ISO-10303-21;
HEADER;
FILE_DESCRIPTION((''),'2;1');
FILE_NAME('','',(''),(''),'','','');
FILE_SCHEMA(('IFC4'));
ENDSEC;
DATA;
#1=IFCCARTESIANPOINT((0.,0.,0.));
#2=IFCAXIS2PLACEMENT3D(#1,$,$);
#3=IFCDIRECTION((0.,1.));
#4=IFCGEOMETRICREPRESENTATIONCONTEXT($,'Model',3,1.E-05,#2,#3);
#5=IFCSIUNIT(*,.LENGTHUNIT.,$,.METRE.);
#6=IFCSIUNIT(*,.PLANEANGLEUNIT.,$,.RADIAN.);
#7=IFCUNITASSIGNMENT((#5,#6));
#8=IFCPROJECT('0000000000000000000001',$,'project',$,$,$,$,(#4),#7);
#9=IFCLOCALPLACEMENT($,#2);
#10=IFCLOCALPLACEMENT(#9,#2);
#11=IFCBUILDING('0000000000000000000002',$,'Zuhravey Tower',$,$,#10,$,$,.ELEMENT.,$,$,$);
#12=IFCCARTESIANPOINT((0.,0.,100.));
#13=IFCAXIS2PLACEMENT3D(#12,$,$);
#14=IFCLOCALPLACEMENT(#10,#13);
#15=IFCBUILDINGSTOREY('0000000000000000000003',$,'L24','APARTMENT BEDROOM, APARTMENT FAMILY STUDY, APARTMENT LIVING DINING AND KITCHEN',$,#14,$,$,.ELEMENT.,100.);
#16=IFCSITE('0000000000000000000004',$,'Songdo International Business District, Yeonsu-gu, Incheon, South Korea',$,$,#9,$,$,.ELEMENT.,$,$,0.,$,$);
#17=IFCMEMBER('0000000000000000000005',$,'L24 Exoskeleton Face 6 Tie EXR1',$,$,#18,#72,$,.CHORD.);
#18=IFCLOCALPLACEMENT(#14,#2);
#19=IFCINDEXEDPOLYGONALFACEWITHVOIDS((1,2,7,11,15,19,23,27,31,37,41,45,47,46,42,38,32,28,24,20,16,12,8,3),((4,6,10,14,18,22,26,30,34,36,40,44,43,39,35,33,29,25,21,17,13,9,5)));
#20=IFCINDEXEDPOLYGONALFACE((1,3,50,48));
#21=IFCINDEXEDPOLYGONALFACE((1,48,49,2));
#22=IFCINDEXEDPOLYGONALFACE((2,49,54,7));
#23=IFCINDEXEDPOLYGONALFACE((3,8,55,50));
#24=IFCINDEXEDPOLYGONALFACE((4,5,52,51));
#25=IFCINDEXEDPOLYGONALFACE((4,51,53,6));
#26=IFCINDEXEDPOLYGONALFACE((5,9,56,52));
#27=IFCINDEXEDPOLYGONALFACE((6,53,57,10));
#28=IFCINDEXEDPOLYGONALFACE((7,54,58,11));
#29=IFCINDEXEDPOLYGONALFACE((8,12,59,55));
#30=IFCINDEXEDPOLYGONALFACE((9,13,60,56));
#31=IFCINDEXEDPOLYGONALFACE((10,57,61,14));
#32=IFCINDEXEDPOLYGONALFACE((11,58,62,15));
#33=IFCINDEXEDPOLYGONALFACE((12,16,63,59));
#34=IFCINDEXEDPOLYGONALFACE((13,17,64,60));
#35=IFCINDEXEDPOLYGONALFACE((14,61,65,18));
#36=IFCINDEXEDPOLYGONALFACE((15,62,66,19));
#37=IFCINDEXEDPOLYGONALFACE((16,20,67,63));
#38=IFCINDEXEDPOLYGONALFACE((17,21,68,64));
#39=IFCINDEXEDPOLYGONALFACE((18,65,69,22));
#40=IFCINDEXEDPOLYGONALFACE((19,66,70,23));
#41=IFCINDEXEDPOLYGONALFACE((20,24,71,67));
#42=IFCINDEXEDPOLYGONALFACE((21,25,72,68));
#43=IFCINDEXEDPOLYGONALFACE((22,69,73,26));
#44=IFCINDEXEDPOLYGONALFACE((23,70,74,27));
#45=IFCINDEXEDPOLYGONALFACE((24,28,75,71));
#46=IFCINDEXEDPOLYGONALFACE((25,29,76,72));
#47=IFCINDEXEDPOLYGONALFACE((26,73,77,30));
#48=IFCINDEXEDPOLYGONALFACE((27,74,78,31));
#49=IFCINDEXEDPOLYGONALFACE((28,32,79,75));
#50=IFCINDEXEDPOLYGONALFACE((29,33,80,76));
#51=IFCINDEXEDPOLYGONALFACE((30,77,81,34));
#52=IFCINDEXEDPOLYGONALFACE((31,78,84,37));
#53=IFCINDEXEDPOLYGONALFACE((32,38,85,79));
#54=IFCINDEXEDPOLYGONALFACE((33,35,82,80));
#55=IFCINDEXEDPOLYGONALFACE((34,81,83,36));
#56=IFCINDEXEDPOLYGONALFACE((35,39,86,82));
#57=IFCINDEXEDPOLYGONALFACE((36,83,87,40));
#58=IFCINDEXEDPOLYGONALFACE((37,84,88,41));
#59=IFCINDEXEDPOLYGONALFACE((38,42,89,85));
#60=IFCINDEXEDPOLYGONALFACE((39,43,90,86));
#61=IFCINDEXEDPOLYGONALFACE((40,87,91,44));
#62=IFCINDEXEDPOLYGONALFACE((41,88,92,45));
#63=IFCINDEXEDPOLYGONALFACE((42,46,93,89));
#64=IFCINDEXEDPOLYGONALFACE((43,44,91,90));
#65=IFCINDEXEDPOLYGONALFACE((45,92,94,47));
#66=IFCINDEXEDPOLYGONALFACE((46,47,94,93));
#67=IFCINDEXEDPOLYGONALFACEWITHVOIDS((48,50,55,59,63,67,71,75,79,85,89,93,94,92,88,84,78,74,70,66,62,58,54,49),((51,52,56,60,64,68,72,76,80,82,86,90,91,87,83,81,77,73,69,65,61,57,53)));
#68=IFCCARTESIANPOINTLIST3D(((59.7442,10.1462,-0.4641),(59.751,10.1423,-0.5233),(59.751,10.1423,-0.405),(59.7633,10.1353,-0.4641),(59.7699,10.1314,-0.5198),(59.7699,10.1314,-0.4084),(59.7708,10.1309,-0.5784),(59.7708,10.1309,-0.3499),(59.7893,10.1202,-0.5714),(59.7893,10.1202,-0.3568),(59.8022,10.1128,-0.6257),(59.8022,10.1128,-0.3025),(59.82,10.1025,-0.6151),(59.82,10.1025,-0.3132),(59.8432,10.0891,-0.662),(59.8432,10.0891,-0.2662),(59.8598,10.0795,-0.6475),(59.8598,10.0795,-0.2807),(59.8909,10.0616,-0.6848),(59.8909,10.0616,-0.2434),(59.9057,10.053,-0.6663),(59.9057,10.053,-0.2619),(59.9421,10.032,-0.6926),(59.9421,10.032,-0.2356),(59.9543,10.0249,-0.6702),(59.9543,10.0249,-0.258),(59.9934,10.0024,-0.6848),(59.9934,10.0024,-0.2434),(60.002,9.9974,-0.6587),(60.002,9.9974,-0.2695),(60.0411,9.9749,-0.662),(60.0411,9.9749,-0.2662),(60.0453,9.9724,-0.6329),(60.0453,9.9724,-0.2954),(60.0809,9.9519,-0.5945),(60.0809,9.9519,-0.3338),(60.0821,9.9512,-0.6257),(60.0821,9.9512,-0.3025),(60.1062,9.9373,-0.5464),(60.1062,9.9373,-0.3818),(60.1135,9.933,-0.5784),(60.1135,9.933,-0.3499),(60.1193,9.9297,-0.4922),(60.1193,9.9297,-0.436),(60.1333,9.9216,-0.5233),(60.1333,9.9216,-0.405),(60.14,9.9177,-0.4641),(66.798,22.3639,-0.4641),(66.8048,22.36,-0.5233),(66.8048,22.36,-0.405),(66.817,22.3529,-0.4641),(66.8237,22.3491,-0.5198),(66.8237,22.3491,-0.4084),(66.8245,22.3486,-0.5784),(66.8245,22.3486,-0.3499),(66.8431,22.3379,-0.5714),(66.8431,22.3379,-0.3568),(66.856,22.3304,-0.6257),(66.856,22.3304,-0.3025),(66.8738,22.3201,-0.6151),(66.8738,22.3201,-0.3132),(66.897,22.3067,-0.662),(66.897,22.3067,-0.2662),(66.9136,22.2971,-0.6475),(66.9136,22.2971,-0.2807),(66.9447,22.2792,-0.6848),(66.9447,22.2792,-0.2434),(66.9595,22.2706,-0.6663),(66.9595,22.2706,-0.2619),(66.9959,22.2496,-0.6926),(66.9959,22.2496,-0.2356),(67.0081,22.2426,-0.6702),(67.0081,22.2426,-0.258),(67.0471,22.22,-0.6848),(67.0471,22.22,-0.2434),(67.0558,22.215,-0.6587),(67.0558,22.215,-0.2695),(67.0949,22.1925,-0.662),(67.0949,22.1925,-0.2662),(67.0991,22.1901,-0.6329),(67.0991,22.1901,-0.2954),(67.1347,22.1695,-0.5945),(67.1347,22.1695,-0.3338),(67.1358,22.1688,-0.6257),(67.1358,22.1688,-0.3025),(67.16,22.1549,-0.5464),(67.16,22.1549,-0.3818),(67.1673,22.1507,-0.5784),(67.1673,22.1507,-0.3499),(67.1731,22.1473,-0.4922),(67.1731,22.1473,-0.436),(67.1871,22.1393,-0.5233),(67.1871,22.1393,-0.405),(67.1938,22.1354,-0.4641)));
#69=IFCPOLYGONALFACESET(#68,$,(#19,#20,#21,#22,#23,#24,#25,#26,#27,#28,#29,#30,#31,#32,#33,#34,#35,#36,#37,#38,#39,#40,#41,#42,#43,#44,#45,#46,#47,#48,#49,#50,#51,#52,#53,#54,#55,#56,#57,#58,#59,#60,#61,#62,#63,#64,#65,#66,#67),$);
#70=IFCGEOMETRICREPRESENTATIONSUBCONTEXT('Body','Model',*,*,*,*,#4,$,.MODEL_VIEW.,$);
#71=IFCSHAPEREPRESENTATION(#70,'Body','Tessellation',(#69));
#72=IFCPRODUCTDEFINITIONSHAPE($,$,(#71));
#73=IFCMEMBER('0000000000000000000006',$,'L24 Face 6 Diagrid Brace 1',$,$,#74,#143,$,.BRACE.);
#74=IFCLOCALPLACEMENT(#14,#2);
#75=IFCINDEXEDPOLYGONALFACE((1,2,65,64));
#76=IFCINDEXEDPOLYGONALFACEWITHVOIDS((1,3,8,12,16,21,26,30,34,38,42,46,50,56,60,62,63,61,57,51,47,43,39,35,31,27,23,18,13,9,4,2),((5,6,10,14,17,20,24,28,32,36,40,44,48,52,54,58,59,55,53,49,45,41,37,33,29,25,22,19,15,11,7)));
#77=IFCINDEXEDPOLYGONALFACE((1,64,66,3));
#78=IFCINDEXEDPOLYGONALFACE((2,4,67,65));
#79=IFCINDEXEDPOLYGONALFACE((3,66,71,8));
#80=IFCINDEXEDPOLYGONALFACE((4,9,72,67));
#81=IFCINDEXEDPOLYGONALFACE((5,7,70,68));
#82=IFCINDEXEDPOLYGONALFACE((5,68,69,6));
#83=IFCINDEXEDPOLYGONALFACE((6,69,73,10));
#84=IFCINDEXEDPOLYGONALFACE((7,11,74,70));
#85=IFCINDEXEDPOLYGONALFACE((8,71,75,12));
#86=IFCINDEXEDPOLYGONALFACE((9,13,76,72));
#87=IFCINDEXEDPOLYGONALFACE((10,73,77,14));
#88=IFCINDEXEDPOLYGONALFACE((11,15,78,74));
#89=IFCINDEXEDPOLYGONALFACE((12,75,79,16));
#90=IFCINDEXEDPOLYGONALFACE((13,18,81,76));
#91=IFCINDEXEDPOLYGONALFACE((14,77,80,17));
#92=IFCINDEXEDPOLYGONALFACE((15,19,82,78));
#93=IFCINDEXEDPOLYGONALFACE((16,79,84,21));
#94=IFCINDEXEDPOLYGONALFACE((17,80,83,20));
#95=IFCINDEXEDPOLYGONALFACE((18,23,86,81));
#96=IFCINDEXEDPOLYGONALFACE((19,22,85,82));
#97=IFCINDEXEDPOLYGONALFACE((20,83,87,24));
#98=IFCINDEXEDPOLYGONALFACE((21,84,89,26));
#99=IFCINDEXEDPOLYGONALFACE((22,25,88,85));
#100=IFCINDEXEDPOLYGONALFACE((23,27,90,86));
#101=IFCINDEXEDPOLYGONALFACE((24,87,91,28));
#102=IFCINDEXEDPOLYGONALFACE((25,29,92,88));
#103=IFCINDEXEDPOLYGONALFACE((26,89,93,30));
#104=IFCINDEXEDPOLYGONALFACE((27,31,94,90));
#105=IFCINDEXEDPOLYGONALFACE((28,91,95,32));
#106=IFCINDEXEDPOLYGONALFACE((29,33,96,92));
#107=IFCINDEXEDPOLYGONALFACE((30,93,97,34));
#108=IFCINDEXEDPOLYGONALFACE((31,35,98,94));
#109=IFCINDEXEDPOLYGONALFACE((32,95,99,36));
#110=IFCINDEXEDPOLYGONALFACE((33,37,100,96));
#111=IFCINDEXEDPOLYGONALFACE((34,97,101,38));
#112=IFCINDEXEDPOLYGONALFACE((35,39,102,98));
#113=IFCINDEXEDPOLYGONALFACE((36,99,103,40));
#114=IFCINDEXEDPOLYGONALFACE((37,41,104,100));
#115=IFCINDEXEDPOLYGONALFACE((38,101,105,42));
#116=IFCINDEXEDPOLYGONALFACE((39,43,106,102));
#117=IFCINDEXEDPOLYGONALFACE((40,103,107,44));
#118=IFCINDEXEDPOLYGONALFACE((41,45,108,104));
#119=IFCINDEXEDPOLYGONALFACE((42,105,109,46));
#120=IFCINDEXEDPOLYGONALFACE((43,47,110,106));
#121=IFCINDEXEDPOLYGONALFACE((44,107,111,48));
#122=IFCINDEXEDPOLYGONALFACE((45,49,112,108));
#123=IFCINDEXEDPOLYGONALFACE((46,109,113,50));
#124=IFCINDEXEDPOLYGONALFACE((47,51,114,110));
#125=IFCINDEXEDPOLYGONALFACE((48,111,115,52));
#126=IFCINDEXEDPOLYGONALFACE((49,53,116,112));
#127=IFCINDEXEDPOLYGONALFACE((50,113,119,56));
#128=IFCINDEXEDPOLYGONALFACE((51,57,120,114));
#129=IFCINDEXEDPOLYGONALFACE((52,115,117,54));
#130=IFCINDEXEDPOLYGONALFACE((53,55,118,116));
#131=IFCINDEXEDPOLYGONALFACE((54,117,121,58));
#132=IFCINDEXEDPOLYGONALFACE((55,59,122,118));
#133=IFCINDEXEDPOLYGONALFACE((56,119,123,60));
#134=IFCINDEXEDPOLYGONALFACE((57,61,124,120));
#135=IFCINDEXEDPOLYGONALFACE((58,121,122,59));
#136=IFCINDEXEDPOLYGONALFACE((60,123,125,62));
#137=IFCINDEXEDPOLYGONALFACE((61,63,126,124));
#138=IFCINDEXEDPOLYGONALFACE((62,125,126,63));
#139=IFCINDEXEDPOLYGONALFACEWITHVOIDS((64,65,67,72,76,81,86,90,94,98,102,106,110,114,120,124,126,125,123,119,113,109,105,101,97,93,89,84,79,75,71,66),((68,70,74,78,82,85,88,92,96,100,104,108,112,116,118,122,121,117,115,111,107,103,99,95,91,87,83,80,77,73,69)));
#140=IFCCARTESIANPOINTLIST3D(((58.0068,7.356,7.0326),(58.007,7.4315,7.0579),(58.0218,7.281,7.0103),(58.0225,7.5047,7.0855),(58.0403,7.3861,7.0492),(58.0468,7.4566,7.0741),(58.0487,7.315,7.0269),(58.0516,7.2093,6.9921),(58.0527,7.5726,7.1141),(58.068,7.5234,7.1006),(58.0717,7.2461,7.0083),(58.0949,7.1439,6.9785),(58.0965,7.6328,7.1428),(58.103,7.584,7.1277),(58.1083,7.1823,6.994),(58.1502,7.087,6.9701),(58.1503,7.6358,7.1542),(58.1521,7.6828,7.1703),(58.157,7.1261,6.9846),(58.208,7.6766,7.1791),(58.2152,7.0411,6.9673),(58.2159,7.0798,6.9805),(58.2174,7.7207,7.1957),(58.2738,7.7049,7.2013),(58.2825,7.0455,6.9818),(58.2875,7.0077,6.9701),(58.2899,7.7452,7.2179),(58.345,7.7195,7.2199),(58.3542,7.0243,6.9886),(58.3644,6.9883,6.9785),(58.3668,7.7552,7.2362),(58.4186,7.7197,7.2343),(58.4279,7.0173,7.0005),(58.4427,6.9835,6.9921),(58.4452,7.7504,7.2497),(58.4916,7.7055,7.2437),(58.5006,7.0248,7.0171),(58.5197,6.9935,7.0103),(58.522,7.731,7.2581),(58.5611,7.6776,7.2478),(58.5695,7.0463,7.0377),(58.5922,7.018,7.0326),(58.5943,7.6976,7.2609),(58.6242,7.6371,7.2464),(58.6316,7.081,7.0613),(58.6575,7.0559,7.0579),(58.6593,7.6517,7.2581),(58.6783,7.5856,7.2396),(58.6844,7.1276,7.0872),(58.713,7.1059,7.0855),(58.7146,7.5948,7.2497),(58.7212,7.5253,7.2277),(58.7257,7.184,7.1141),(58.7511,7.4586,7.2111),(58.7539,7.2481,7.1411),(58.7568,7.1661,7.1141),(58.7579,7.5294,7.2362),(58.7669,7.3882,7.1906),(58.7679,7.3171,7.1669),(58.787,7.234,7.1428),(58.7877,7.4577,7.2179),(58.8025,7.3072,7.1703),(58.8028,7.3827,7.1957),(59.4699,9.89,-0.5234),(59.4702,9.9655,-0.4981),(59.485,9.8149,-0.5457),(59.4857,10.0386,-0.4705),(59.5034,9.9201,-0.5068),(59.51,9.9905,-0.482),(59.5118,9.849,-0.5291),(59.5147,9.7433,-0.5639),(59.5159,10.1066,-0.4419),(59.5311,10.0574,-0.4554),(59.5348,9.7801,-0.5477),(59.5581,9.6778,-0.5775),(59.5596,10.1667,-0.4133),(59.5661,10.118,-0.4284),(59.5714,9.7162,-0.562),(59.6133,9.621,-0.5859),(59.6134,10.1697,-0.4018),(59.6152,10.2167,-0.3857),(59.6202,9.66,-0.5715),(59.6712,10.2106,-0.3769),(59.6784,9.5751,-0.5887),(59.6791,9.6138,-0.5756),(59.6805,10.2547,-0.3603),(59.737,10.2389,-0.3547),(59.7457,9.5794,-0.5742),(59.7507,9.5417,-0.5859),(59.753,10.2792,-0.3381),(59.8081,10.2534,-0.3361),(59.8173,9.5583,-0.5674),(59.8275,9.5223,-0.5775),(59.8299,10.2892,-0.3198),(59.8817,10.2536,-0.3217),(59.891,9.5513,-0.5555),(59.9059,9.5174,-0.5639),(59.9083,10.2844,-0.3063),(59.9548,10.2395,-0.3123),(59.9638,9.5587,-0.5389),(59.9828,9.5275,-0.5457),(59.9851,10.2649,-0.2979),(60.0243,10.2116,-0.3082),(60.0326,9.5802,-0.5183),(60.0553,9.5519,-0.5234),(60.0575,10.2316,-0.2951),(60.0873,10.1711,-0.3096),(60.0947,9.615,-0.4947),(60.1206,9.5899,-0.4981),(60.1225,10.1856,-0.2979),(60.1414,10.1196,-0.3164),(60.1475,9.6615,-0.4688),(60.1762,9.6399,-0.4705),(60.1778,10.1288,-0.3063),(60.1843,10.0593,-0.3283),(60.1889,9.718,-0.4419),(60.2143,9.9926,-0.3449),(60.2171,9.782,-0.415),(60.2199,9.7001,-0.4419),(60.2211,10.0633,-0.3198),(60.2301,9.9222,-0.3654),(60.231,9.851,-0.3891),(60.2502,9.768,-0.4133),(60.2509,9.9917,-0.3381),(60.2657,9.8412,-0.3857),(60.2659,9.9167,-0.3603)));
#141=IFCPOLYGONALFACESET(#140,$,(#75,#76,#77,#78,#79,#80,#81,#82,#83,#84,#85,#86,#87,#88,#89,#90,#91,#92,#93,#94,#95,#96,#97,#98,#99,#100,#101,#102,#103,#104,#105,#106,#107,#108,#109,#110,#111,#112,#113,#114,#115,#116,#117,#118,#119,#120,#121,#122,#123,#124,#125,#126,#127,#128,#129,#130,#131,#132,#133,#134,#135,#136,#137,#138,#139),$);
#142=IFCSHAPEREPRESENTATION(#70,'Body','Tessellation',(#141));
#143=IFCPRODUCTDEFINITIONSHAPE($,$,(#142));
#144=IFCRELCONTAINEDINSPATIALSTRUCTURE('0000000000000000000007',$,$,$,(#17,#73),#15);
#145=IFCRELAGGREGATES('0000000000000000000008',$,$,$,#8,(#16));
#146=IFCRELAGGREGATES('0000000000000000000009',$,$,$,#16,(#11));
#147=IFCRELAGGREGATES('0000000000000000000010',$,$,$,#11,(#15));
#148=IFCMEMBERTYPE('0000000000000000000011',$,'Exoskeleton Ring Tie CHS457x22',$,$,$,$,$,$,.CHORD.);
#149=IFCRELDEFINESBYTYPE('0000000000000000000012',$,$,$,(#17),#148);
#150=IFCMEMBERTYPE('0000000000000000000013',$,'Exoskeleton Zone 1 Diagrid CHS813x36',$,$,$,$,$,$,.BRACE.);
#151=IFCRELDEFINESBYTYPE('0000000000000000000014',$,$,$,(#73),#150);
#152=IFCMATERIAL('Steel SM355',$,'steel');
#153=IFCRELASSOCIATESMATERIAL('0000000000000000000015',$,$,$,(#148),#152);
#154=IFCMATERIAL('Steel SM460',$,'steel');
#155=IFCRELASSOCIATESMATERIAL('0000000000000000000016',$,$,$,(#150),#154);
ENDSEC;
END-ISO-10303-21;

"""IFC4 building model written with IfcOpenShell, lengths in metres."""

from ifc_helpers import new_model, si_unit, direction, frame, origin, origin_2d, place, context, subcontext, project, spatial, hollow_circle, extrude, material, material_profile, profile_set, type_object, element, save


model = new_model("IFC4")

# Units and contexts
model_context = context("Model", 3, precision=1e-05, world=origin(), true_north=direction((0.0, 1.0)))
body_context = subcontext(model_context, "Body", "Model", "MODEL_VIEW")
ifc_project = project(units=[si_unit("LENGTHUNIT", "METRE"), si_unit("PLANEANGLEUNIT", "RADIAN")], contexts=[model_context])

# Site, building, storey
site_placement = place(None, origin())
site = spatial("IfcSite", under=ifc_project, at=site_placement, Name="Songdo International Business District, Yeonsu-gu, Incheon, South Korea", CompositionType="ELEMENT", RefElevation=0.0)
building_placement = place(site_placement, origin())
building = spatial("IfcBuilding", under=site, at=building_placement, Name="Zuhravey Tower", CompositionType="ELEMENT")
storey_placement = place(building_placement, frame((0.0, 0.0, 100.0)))
storey = spatial("IfcBuildingStorey", under=building, at=storey_placement, Name="L24", Description="APARTMENT BEDROOM, APARTMENT FAMILY STUDY, APARTMENT LIVING DINING AND KITCHEN", CompositionType="ELEMENT", Elevation=100.0)

# Members
ifc_material_1 = material(Name="Steel SM355", Category="steel")
ifc_material_profile_1 = material_profile(ifc_material_1, hollow_circle(Radius=0.2285, WallThickness=0.022, at=origin_2d()), Name="CHS-457.2x22")
ifc_profile_set_1 = profile_set([ifc_material_profile_1], Name="Steel SM355")
member_type_1 = type_object("IfcMemberType", Name="Exoskeleton Ring Tie CHS457x22", PredefinedType="CHORD", material=ifc_profile_set_1)
member_1_placement = place(storey_placement, frame((59.9421, 10.032, -0.4641), z_axis=(0.499996, 0.866028, 0.0), x_axis=(-0.866028, 0.499996, 0.0)))
element("IfcMember", 1, at=member_1_placement, inside=storey, type_object=member_type_1, Name="L24 Exoskeleton Face 6 Tie EXR1", PredefinedType="CHORD", context=body_context, shape_type="SweptSolid", body=[
    extrude(hollow_circle(Radius=0.2285, WallThickness=0.022, at=origin_2d()), origin(), (0.0, 0.0, 1.0), 14.1077),
])
ifc_material_2 = material(Name="Steel SM460", Category="steel")
ifc_material_profile_2 = material_profile(ifc_material_2, hollow_circle(Radius=0.4065, WallThickness=0.0359, at=origin_2d()), Name="CHS-812.8x36")
ifc_profile_set_2 = profile_set([ifc_material_profile_2], Name="Steel SM460")
member_type_2 = type_object("IfcMemberType", Name="Exoskeleton Zone 1 Diagrid CHS813x36", PredefinedType="BRACE", material=ifc_profile_set_2)
member_2_placement = place(storey_placement, frame((59.8679, 9.9033, -0.4419), z_axis=(-0.180574, -0.312728, 0.93252), x_axis=(0.866001, -0.500043, 0.0)))
element("IfcMember", 2, at=member_2_placement, inside=storey, type_object=member_type_2, Name="L24 Face 6 Diagrid Brace 1", PredefinedType="BRACE", context=body_context, shape_type="SweptSolid", body=[
    extrude(hollow_circle(Radius=0.4065, WallThickness=0.0359, at=origin_2d()), origin(), (0.0, 0.0, 1.0), 8.1028),
])

save(model, "model.ifc")
